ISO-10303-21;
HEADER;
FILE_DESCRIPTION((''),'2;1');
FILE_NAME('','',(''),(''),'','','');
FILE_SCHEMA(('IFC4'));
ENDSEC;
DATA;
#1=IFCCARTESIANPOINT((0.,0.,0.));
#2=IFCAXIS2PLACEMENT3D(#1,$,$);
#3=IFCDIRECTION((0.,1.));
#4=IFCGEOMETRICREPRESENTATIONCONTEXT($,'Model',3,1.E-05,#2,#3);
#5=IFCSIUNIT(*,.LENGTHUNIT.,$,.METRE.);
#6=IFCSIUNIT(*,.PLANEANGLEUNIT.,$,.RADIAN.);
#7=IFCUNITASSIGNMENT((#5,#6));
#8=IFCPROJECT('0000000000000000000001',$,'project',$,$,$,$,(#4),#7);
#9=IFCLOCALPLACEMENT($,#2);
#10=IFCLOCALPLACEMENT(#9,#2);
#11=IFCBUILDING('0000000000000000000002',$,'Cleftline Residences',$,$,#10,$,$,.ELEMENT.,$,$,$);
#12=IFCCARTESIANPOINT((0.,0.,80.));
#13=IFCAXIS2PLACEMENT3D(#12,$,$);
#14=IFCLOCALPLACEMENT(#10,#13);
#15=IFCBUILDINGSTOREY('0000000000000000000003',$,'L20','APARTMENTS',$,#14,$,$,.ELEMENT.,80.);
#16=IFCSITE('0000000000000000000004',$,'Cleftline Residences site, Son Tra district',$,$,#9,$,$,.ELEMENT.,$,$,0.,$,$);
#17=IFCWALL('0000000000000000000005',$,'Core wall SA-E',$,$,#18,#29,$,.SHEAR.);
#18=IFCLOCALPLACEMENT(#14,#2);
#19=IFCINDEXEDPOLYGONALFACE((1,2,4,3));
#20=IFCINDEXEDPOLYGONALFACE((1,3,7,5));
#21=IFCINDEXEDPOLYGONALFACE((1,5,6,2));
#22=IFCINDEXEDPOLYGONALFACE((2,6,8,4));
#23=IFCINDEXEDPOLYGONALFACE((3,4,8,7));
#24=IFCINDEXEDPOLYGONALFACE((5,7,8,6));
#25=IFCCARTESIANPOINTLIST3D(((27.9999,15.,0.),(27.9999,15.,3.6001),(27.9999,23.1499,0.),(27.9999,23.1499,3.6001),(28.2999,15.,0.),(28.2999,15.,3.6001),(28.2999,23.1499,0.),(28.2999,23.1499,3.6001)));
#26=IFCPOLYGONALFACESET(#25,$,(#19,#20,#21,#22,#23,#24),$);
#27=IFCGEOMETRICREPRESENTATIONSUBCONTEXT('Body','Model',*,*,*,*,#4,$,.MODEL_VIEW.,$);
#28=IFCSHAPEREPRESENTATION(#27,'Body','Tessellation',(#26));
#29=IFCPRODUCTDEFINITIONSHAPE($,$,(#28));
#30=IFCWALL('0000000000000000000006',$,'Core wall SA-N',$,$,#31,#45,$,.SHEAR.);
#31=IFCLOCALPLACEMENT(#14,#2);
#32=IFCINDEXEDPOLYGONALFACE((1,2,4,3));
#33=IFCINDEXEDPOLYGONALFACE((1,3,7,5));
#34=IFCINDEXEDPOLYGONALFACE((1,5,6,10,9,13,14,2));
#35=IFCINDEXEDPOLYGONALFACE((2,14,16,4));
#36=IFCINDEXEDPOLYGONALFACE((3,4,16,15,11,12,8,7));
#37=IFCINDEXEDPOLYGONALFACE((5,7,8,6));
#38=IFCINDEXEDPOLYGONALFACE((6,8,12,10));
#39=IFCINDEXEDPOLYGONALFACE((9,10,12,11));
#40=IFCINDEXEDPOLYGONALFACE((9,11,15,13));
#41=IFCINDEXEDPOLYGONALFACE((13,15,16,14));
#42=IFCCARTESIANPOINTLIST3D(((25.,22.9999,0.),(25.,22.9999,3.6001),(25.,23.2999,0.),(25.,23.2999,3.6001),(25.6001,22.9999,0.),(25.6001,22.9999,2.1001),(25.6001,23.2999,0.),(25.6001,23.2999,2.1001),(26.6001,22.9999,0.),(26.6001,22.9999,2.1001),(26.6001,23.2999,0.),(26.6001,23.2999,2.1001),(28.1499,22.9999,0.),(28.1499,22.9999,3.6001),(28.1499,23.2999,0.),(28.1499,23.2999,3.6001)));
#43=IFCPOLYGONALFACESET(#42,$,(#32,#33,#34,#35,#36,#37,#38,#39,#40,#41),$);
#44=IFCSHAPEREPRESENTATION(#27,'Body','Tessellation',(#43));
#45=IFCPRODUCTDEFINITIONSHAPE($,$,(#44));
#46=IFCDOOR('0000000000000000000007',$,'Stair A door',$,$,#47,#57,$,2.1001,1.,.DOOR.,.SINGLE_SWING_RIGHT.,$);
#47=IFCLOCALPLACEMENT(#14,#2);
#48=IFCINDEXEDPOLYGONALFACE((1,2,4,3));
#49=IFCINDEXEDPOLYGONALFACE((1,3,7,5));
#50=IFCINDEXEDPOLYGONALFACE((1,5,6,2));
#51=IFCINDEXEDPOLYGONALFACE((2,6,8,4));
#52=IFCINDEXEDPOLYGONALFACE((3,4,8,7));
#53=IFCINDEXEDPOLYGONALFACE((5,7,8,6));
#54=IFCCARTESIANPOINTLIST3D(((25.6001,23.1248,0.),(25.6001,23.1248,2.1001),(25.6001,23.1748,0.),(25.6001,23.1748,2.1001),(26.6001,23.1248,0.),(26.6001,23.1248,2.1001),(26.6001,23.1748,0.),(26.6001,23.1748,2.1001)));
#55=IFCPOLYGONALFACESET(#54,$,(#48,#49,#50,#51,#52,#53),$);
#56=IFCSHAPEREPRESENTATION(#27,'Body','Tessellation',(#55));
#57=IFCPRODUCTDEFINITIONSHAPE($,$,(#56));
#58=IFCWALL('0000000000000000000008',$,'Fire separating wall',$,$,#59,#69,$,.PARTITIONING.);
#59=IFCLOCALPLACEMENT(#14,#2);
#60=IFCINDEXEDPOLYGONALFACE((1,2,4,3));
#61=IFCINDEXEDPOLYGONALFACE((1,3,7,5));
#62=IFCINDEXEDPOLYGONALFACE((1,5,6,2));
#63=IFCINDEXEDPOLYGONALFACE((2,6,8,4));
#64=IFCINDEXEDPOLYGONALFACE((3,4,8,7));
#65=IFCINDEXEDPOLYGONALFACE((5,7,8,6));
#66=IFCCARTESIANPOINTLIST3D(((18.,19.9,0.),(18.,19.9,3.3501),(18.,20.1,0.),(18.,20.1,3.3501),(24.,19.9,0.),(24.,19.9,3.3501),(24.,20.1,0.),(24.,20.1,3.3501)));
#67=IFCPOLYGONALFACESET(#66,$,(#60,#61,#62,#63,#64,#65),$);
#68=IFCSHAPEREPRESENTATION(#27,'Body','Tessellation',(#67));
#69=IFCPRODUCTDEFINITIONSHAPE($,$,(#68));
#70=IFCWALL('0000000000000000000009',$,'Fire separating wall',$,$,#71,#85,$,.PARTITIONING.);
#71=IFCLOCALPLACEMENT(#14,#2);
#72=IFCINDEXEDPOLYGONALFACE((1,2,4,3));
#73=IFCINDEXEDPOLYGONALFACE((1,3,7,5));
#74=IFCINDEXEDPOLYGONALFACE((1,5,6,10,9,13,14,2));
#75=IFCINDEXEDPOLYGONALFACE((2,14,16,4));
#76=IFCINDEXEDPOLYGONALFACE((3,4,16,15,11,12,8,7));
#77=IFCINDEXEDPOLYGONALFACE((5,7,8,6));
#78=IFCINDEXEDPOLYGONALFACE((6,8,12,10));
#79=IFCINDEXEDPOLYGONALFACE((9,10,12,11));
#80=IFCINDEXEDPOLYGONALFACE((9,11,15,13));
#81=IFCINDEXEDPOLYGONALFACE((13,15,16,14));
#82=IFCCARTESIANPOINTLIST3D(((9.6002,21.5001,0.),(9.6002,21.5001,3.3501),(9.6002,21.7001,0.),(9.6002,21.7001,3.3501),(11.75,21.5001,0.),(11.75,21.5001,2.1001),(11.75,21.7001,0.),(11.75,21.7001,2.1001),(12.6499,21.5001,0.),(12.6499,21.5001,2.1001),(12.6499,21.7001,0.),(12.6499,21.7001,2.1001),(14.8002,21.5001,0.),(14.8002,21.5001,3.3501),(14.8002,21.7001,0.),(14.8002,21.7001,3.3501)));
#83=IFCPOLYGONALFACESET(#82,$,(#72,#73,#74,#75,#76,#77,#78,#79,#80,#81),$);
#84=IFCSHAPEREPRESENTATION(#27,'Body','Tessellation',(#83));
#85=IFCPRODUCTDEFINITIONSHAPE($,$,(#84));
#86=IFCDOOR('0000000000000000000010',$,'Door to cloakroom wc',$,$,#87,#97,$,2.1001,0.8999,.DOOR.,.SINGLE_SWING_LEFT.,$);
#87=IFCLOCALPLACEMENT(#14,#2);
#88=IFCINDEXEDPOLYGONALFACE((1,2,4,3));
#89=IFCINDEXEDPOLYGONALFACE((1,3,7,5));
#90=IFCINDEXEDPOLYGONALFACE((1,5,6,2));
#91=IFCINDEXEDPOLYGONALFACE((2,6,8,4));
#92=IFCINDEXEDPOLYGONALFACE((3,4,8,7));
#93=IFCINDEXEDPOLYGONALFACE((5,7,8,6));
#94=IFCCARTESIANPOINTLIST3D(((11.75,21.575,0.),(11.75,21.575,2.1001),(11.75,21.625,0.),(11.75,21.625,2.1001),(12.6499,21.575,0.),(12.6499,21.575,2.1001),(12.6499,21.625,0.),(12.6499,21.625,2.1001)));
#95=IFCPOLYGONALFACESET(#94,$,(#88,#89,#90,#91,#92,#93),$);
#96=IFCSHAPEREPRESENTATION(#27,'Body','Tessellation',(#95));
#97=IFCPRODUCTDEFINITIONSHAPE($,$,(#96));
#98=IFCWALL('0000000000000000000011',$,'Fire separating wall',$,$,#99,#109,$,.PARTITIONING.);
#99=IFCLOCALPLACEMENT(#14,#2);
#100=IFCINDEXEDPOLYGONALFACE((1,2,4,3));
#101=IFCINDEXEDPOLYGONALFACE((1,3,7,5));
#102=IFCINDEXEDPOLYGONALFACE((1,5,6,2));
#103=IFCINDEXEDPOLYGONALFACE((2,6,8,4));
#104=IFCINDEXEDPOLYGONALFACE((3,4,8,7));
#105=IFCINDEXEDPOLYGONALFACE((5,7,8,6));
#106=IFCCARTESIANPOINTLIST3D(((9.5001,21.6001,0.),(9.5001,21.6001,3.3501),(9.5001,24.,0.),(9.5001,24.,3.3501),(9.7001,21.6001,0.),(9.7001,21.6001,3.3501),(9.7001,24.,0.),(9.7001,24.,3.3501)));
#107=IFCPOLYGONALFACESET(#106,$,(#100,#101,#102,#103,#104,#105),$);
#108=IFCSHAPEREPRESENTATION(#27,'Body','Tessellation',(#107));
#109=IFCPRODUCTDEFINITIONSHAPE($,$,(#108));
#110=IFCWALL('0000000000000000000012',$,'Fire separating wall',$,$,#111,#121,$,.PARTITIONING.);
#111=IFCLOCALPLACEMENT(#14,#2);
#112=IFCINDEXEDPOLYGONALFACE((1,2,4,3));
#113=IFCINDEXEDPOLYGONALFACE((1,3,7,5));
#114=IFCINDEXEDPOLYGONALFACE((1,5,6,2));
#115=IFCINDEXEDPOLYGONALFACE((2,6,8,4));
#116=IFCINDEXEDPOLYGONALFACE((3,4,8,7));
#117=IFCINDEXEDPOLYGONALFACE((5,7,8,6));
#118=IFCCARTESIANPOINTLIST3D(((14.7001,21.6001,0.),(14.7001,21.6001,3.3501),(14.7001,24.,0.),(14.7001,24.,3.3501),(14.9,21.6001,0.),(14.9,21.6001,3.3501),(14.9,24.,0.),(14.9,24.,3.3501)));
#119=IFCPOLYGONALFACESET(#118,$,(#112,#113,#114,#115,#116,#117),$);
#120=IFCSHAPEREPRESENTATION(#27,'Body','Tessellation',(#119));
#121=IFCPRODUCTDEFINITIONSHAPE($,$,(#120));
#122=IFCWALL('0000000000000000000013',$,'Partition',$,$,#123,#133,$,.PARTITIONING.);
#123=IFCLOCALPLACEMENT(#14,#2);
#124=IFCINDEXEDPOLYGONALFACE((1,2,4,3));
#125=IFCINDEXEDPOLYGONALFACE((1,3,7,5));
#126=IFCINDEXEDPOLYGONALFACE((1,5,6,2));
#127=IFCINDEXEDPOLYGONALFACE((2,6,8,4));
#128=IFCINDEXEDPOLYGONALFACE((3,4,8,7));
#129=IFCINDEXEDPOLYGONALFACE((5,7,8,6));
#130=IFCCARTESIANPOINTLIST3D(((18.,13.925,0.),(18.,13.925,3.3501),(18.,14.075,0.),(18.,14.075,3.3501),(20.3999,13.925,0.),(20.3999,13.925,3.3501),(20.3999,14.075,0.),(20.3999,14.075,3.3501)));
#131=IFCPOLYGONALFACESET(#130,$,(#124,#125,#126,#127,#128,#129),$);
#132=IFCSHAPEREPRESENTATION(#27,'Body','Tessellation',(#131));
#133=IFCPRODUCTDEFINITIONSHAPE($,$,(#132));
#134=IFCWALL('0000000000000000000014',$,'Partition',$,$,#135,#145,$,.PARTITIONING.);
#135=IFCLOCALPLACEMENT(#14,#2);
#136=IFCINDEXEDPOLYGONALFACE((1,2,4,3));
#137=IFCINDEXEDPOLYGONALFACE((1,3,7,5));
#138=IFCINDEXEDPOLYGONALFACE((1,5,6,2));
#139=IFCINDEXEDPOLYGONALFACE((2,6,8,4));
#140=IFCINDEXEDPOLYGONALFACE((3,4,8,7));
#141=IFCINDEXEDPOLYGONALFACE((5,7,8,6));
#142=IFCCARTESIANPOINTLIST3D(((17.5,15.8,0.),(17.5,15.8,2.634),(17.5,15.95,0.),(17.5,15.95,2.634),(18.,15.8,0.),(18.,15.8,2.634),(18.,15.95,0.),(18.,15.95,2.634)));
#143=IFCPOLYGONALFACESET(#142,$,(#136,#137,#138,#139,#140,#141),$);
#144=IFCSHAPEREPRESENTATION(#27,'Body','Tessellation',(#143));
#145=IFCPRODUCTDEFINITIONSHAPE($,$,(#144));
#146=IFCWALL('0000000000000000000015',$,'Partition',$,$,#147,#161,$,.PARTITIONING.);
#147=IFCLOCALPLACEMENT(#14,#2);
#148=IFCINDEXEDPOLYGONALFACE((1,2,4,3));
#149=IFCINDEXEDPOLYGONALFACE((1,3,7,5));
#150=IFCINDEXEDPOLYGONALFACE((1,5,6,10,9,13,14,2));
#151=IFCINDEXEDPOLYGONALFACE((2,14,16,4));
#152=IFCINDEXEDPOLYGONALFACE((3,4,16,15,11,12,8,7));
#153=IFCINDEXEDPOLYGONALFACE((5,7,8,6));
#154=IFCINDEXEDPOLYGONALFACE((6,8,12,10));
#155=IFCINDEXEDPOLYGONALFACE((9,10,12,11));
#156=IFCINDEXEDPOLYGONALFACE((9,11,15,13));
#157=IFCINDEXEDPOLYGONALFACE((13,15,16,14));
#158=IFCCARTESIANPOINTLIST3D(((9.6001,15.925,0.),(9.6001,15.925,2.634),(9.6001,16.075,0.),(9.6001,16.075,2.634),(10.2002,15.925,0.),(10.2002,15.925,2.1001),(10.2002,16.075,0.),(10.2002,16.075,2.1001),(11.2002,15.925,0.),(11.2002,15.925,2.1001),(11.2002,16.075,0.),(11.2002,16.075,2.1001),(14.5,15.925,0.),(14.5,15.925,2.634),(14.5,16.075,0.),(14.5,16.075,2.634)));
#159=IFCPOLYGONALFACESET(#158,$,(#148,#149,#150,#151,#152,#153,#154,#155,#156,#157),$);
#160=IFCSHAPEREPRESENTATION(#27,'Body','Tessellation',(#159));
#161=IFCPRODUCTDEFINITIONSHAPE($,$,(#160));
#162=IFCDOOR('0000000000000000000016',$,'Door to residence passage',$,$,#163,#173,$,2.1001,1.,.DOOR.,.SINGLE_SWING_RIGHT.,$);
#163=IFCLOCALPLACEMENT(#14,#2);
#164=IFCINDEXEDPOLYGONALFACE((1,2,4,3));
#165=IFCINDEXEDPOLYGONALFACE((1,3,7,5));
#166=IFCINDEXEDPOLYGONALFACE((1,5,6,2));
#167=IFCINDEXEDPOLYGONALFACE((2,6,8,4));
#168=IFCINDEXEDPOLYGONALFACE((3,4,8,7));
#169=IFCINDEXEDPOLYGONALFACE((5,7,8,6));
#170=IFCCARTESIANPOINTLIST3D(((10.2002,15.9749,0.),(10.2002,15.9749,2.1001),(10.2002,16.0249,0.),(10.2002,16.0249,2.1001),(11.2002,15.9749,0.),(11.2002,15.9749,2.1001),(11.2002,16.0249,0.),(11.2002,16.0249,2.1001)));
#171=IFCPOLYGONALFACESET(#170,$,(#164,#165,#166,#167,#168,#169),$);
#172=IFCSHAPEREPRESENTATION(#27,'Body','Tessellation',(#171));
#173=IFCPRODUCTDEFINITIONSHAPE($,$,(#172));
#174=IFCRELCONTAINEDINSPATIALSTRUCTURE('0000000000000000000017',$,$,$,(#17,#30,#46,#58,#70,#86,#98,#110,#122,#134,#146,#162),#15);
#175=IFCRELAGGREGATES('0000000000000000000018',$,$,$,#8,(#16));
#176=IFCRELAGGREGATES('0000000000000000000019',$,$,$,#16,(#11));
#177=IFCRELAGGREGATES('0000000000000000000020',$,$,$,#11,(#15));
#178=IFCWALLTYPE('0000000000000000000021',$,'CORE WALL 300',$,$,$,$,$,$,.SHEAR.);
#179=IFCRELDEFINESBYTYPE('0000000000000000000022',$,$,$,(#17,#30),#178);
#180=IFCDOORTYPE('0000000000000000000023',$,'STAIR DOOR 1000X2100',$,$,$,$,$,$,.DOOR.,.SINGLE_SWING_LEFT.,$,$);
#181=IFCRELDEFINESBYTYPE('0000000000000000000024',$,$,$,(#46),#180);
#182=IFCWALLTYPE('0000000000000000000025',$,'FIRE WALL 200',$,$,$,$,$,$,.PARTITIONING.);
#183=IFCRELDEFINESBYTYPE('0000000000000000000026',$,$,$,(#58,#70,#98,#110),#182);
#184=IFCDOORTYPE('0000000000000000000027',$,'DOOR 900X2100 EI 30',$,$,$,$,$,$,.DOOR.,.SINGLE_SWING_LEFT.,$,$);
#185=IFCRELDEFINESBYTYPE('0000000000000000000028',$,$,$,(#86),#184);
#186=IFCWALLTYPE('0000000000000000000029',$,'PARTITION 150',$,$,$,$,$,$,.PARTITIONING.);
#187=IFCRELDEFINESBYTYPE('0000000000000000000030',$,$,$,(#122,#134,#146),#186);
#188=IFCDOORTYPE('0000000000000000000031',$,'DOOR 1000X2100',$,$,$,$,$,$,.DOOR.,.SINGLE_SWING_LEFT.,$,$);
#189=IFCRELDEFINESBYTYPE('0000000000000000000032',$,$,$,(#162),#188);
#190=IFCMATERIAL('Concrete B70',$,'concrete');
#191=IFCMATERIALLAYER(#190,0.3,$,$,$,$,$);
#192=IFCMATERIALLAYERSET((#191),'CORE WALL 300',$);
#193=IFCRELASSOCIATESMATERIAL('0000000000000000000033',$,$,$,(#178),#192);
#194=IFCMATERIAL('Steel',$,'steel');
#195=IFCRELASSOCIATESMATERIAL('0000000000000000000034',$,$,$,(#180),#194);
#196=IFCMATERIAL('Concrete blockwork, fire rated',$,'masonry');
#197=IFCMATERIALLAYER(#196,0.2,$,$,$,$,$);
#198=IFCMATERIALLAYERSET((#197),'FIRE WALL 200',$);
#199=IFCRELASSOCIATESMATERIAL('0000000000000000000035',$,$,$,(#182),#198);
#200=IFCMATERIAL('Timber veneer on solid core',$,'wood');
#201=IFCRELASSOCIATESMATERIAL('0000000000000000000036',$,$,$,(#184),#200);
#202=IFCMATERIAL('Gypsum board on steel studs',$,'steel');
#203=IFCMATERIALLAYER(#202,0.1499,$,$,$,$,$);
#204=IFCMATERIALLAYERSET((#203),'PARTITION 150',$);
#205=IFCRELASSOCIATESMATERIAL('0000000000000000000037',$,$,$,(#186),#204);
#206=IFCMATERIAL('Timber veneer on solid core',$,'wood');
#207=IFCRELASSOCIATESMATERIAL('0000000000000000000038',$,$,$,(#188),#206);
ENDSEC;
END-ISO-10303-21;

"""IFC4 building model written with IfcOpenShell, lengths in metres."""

from ifc_helpers import new_model, si_unit, direction, frame, frame_2d, origin, place, context, subcontext, project, spatial, rectangle, extrude, material, layer, layer_set, type_object, element, fill, save


model = new_model("IFC4")

# Units and contexts
model_context = context("Model", 3, precision=1e-05, world=origin(), true_north=direction((0.0, 1.0)))
body_context = subcontext(model_context, "Body", "Model", "MODEL_VIEW")
ifc_project = project(units=[si_unit("LENGTHUNIT", "METRE"), si_unit("PLANEANGLEUNIT", "RADIAN")], contexts=[model_context])

# Site, building, storey
site_placement = place(None, origin())
site = spatial("IfcSite", under=ifc_project, at=site_placement, Name="Cleftline Residences site, Son Tra district", CompositionType="ELEMENT", RefElevation=0.0)
building_placement = place(site_placement, origin())
building = spatial("IfcBuilding", under=site, at=building_placement, Name="Cleftline Residences", CompositionType="ELEMENT")
storey_placement = place(building_placement, frame((0.0, 0.0, 80.0)))
storey = spatial("IfcBuildingStorey", under=building, at=storey_placement, Name="L20", Description="APARTMENTS", CompositionType="ELEMENT", Elevation=80.0)

# Wall
ifc_material_1 = material(Name="Concrete B70", Category="concrete")
ifc_layer_1 = layer(ifc_material_1, 0.3)
ifc_layer_set_1 = layer_set([ifc_layer_1], Name="CORE WALL 300")
wall_type_1 = type_object("IfcWallType", Name="CORE WALL 300", PredefinedType="SHEAR", material=ifc_layer_set_1)
wall_1_placement = place(storey_placement, frame((28.1499, 15.0, 0.0), z_axis=(0.0, 0.0, 1.0), x_axis=(0.0, 1.0, 0.0)))
element("IfcWall", 1, at=wall_1_placement, inside=storey, type_object=wall_type_1, Name="Core wall SA-E", PredefinedType="SHEAR", context=body_context, shape_type="SweptSolid", body=[
    extrude(rectangle(XDim=8.1499, YDim=0.3, at=frame_2d((4.075, 0.0))), origin(), (0.0, 0.0, 1.0), 3.6001),
])

# Wall, opening, door
wall_2_placement = place(storey_placement, frame((25.0, 23.1499, 0.0), z_axis=(0.0, 0.0, 1.0), x_axis=(1.0, 0.0, 0.0)))
wall_2 = element("IfcWall", 2, at=wall_2_placement, inside=storey, type_object=wall_type_1, Name="Core wall SA-N", PredefinedType="SHEAR", context=body_context, shape_type="SweptSolid", body=[
    extrude(rectangle(XDim=3.1499, YDim=0.3, at=frame_2d((1.575, 0.0))), origin(), (0.0, 0.0, 1.0), 3.6001),
])
opening_1_placement = place(wall_2_placement, frame((0.6001, 0.0, 0.0)))
opening_1 = element("IfcOpeningElement", 3, at=opening_1_placement, cuts=wall_2, PredefinedType="OPENING", context=body_context, shape_type="SweptSolid", body=[
    extrude(rectangle(XDim=1.0, YDim=2.1001, at=frame_2d((0.5, 1.05))), frame((0.0, 0.1599, 0.0), z_axis=(0.0, -1.0, 0.0), x_axis=(1.0, 0.0, 0.0)), (0.0, 0.0, 1.0), 0.3201),
])
ifc_material_2 = material(Name="Steel", Category="steel")
door_type_1 = type_object("IfcDoorType", Name="STAIR DOOR 1000X2100", OperationType="SINGLE_SWING_LEFT", PredefinedType="DOOR", material=ifc_material_2)
door_1_placement = place(opening_1_placement, origin())
door_1 = element("IfcDoor", 4, at=door_1_placement, inside=storey, type_object=door_type_1, Name="Stair A door", OperationType="SINGLE_SWING_RIGHT", OverallHeight=2.1001, OverallWidth=1.0, PredefinedType="DOOR", context=body_context, shape_type="SweptSolid", body=[
    extrude(rectangle(XDim=1.0, YDim=2.1001, at=frame_2d((0.5, 1.05))), frame((0.0, 0.0249, 0.0), z_axis=(0.0, -1.0, 0.0), x_axis=(1.0, 0.0, 0.0)), (0.0, 0.0, 1.0), 0.05),
])
fill(opening_1, door_1)

# Wall
ifc_material_3 = material(Name="Concrete blockwork, fire rated", Category="masonry")
ifc_layer_2 = layer(ifc_material_3, 0.2)
ifc_layer_set_2 = layer_set([ifc_layer_2], Name="FIRE WALL 200")
wall_type_2 = type_object("IfcWallType", Name="FIRE WALL 200", PredefinedType="PARTITIONING", material=ifc_layer_set_2)
wall_3_placement = place(storey_placement, frame((18.0, 20.0, 0.0), z_axis=(0.0, 0.0, 1.0), x_axis=(1.0, 0.0, 0.0)))
element("IfcWall", 5, at=wall_3_placement, inside=storey, type_object=wall_type_2, Name="Fire separating wall", PredefinedType="PARTITIONING", context=body_context, shape_type="SweptSolid", body=[
    extrude(rectangle(XDim=6.0, YDim=0.2, at=frame_2d((3.0, 0.0))), origin(), (0.0, 0.0, 1.0), 3.3501),
])

# Wall, opening, door
wall_4_placement = place(storey_placement, frame((9.6001, 21.6001, 0.0), z_axis=(0.0, 0.0, 1.0), x_axis=(1.0, 0.0, 0.0)))
wall_4 = element("IfcWall", 6, at=wall_4_placement, inside=storey, type_object=wall_type_2, Name="Fire separating wall", PredefinedType="PARTITIONING", context=body_context, shape_type="SweptSolid", body=[
    extrude(rectangle(XDim=5.2, YDim=0.2, at=frame_2d((2.6001, 0.0))), origin(), (0.0, 0.0, 1.0), 3.3501),
])
opening_2_placement = place(wall_4_placement, frame((2.1499, 0.0, 0.0)))
opening_2 = element("IfcOpeningElement", 7, at=opening_2_placement, cuts=wall_4, PredefinedType="OPENING", context=body_context, shape_type="SweptSolid", body=[
    extrude(rectangle(XDim=0.8999, YDim=2.1001, at=frame_2d((0.45, 1.05))), frame((0.0, 0.1099, 0.0), z_axis=(0.0, -1.0, 0.0), x_axis=(1.0, 0.0, 0.0)), (0.0, 0.0, 1.0), 0.22),
])
ifc_material_4 = material(Name="Timber veneer on solid core", Category="wood")
door_type_2 = type_object("IfcDoorType", Name="DOOR 900X2100 EI 30", OperationType="SINGLE_SWING_LEFT", PredefinedType="DOOR", material=ifc_material_4)
door_2_placement = place(opening_2_placement, origin())
door_2 = element("IfcDoor", 8, at=door_2_placement, inside=storey, type_object=door_type_2, Name="Door to cloakroom wc", OperationType="SINGLE_SWING_LEFT", OverallHeight=2.1001, OverallWidth=0.8999, PredefinedType="DOOR", context=body_context, shape_type="SweptSolid", body=[
    extrude(rectangle(XDim=0.8999, YDim=2.1001, at=frame_2d((0.45, 1.05))), frame((0.0, 0.0249, 0.0), z_axis=(0.0, -1.0, 0.0), x_axis=(1.0, 0.0, 0.0)), (0.0, 0.0, 1.0), 0.05),
])
fill(opening_2, door_2)

# Walls
for number, where, z_axis, x_axis, name in (
    (9, (9.6001, 21.6001, 0.0), (0.0, 0.0, 1.0), (0.0, 1.0, 0.0), "Fire separating wall"),
    (10, (14.8, 21.6001, 0.0), (0.0, 0.0, 1.0), (0.0, 1.0, 0.0), "Fire separating wall"),
):
    element("IfcWall", number, at=place(storey_placement, frame(where, z_axis=z_axis, x_axis=x_axis)), inside=storey, type_object=wall_type_2, Name=name, PredefinedType="PARTITIONING", context=body_context, shape_type="SweptSolid", body=[
        extrude(rectangle(XDim=2.3999, YDim=0.2, at=frame_2d((1.2, 0.0))), origin(), (0.0, 0.0, 1.0), 3.3501),
    ])
ifc_material_5 = material(Name="Gypsum board on steel studs", Category="steel")
ifc_layer_3 = layer(ifc_material_5, 0.1499)
ifc_layer_set_3 = layer_set([ifc_layer_3], Name="PARTITION 150")
wall_type_3 = type_object("IfcWallType", Name="PARTITION 150", PredefinedType="PARTITIONING", material=ifc_layer_set_3)
wall_5_placement = place(storey_placement, frame((18.0, 14.0, 0.0), z_axis=(0.0, 0.0, 1.0), x_axis=(1.0, 0.0, 0.0)))
element("IfcWall", 11, at=wall_5_placement, inside=storey, type_object=wall_type_3, Name="Partition", PredefinedType="PARTITIONING", context=body_context, shape_type="SweptSolid", body=[
    extrude(rectangle(XDim=2.3999, YDim=0.1499, at=frame_2d((1.2, 0.0))), origin(), (0.0, 0.0, 1.0), 3.3501),
])
wall_6_placement = place(storey_placement, frame((17.5, 15.875, 0.0), z_axis=(0.0, 0.0, 1.0), x_axis=(1.0, 0.0, 0.0)))
element("IfcWall", 12, at=wall_6_placement, inside=storey, type_object=wall_type_3, Name="Partition", PredefinedType="PARTITIONING", context=body_context, shape_type="SweptSolid", body=[
    extrude(rectangle(XDim=0.5, YDim=0.1499, at=frame_2d((0.25, 0.0))), origin(), (0.0, 0.0, 1.0), 2.634),
])

# Wall, opening, door
wall_7_placement = place(storey_placement, frame((9.6001, 16.0, 0.0), z_axis=(0.0, 0.0, 1.0), x_axis=(1.0, 0.0, 0.0)))
wall_7 = element("IfcWall", 13, at=wall_7_placement, inside=storey, type_object=wall_type_3, Name="Partition", PredefinedType="PARTITIONING", context=body_context, shape_type="SweptSolid", body=[
    extrude(rectangle(XDim=4.8999, YDim=0.1499, at=frame_2d((2.45, 0.0))), origin(), (0.0, 0.0, 1.0), 2.634),
])
opening_3_placement = place(wall_7_placement, frame((0.6001, 0.0, 0.0)))
opening_3 = element("IfcOpeningElement", 14, at=opening_3_placement, cuts=wall_7, PredefinedType="OPENING", context=body_context, shape_type="SweptSolid", body=[
    extrude(rectangle(XDim=1.0, YDim=2.1001, at=frame_2d((0.5, 1.05))), frame((0.0, 0.085, 0.0), z_axis=(0.0, -1.0, 0.0), x_axis=(1.0, 0.0, 0.0)), (0.0, 0.0, 1.0), 0.1699),
])
ifc_material_6 = material(Name="Timber veneer on solid core", Category="wood")
door_type_3 = type_object("IfcDoorType", Name="DOOR 1000X2100", OperationType="SINGLE_SWING_LEFT", PredefinedType="DOOR", material=ifc_material_6)
door_3_placement = place(opening_3_placement, origin())
door_3 = element("IfcDoor", 15, at=door_3_placement, inside=storey, type_object=door_type_3, Name="Door to residence passage", OperationType="SINGLE_SWING_RIGHT", OverallHeight=2.1001, OverallWidth=1.0, PredefinedType="DOOR", context=body_context, shape_type="SweptSolid", body=[
    extrude(rectangle(XDim=1.0, YDim=2.1001, at=frame_2d((0.5, 1.05))), frame((0.0, 0.0249, 0.0), z_axis=(0.0, -1.0, 0.0), x_axis=(1.0, 0.0, 0.0)), (0.0, 0.0, 1.0), 0.05),
])
fill(opening_3, door_3)

save(model, "model.ifc")
